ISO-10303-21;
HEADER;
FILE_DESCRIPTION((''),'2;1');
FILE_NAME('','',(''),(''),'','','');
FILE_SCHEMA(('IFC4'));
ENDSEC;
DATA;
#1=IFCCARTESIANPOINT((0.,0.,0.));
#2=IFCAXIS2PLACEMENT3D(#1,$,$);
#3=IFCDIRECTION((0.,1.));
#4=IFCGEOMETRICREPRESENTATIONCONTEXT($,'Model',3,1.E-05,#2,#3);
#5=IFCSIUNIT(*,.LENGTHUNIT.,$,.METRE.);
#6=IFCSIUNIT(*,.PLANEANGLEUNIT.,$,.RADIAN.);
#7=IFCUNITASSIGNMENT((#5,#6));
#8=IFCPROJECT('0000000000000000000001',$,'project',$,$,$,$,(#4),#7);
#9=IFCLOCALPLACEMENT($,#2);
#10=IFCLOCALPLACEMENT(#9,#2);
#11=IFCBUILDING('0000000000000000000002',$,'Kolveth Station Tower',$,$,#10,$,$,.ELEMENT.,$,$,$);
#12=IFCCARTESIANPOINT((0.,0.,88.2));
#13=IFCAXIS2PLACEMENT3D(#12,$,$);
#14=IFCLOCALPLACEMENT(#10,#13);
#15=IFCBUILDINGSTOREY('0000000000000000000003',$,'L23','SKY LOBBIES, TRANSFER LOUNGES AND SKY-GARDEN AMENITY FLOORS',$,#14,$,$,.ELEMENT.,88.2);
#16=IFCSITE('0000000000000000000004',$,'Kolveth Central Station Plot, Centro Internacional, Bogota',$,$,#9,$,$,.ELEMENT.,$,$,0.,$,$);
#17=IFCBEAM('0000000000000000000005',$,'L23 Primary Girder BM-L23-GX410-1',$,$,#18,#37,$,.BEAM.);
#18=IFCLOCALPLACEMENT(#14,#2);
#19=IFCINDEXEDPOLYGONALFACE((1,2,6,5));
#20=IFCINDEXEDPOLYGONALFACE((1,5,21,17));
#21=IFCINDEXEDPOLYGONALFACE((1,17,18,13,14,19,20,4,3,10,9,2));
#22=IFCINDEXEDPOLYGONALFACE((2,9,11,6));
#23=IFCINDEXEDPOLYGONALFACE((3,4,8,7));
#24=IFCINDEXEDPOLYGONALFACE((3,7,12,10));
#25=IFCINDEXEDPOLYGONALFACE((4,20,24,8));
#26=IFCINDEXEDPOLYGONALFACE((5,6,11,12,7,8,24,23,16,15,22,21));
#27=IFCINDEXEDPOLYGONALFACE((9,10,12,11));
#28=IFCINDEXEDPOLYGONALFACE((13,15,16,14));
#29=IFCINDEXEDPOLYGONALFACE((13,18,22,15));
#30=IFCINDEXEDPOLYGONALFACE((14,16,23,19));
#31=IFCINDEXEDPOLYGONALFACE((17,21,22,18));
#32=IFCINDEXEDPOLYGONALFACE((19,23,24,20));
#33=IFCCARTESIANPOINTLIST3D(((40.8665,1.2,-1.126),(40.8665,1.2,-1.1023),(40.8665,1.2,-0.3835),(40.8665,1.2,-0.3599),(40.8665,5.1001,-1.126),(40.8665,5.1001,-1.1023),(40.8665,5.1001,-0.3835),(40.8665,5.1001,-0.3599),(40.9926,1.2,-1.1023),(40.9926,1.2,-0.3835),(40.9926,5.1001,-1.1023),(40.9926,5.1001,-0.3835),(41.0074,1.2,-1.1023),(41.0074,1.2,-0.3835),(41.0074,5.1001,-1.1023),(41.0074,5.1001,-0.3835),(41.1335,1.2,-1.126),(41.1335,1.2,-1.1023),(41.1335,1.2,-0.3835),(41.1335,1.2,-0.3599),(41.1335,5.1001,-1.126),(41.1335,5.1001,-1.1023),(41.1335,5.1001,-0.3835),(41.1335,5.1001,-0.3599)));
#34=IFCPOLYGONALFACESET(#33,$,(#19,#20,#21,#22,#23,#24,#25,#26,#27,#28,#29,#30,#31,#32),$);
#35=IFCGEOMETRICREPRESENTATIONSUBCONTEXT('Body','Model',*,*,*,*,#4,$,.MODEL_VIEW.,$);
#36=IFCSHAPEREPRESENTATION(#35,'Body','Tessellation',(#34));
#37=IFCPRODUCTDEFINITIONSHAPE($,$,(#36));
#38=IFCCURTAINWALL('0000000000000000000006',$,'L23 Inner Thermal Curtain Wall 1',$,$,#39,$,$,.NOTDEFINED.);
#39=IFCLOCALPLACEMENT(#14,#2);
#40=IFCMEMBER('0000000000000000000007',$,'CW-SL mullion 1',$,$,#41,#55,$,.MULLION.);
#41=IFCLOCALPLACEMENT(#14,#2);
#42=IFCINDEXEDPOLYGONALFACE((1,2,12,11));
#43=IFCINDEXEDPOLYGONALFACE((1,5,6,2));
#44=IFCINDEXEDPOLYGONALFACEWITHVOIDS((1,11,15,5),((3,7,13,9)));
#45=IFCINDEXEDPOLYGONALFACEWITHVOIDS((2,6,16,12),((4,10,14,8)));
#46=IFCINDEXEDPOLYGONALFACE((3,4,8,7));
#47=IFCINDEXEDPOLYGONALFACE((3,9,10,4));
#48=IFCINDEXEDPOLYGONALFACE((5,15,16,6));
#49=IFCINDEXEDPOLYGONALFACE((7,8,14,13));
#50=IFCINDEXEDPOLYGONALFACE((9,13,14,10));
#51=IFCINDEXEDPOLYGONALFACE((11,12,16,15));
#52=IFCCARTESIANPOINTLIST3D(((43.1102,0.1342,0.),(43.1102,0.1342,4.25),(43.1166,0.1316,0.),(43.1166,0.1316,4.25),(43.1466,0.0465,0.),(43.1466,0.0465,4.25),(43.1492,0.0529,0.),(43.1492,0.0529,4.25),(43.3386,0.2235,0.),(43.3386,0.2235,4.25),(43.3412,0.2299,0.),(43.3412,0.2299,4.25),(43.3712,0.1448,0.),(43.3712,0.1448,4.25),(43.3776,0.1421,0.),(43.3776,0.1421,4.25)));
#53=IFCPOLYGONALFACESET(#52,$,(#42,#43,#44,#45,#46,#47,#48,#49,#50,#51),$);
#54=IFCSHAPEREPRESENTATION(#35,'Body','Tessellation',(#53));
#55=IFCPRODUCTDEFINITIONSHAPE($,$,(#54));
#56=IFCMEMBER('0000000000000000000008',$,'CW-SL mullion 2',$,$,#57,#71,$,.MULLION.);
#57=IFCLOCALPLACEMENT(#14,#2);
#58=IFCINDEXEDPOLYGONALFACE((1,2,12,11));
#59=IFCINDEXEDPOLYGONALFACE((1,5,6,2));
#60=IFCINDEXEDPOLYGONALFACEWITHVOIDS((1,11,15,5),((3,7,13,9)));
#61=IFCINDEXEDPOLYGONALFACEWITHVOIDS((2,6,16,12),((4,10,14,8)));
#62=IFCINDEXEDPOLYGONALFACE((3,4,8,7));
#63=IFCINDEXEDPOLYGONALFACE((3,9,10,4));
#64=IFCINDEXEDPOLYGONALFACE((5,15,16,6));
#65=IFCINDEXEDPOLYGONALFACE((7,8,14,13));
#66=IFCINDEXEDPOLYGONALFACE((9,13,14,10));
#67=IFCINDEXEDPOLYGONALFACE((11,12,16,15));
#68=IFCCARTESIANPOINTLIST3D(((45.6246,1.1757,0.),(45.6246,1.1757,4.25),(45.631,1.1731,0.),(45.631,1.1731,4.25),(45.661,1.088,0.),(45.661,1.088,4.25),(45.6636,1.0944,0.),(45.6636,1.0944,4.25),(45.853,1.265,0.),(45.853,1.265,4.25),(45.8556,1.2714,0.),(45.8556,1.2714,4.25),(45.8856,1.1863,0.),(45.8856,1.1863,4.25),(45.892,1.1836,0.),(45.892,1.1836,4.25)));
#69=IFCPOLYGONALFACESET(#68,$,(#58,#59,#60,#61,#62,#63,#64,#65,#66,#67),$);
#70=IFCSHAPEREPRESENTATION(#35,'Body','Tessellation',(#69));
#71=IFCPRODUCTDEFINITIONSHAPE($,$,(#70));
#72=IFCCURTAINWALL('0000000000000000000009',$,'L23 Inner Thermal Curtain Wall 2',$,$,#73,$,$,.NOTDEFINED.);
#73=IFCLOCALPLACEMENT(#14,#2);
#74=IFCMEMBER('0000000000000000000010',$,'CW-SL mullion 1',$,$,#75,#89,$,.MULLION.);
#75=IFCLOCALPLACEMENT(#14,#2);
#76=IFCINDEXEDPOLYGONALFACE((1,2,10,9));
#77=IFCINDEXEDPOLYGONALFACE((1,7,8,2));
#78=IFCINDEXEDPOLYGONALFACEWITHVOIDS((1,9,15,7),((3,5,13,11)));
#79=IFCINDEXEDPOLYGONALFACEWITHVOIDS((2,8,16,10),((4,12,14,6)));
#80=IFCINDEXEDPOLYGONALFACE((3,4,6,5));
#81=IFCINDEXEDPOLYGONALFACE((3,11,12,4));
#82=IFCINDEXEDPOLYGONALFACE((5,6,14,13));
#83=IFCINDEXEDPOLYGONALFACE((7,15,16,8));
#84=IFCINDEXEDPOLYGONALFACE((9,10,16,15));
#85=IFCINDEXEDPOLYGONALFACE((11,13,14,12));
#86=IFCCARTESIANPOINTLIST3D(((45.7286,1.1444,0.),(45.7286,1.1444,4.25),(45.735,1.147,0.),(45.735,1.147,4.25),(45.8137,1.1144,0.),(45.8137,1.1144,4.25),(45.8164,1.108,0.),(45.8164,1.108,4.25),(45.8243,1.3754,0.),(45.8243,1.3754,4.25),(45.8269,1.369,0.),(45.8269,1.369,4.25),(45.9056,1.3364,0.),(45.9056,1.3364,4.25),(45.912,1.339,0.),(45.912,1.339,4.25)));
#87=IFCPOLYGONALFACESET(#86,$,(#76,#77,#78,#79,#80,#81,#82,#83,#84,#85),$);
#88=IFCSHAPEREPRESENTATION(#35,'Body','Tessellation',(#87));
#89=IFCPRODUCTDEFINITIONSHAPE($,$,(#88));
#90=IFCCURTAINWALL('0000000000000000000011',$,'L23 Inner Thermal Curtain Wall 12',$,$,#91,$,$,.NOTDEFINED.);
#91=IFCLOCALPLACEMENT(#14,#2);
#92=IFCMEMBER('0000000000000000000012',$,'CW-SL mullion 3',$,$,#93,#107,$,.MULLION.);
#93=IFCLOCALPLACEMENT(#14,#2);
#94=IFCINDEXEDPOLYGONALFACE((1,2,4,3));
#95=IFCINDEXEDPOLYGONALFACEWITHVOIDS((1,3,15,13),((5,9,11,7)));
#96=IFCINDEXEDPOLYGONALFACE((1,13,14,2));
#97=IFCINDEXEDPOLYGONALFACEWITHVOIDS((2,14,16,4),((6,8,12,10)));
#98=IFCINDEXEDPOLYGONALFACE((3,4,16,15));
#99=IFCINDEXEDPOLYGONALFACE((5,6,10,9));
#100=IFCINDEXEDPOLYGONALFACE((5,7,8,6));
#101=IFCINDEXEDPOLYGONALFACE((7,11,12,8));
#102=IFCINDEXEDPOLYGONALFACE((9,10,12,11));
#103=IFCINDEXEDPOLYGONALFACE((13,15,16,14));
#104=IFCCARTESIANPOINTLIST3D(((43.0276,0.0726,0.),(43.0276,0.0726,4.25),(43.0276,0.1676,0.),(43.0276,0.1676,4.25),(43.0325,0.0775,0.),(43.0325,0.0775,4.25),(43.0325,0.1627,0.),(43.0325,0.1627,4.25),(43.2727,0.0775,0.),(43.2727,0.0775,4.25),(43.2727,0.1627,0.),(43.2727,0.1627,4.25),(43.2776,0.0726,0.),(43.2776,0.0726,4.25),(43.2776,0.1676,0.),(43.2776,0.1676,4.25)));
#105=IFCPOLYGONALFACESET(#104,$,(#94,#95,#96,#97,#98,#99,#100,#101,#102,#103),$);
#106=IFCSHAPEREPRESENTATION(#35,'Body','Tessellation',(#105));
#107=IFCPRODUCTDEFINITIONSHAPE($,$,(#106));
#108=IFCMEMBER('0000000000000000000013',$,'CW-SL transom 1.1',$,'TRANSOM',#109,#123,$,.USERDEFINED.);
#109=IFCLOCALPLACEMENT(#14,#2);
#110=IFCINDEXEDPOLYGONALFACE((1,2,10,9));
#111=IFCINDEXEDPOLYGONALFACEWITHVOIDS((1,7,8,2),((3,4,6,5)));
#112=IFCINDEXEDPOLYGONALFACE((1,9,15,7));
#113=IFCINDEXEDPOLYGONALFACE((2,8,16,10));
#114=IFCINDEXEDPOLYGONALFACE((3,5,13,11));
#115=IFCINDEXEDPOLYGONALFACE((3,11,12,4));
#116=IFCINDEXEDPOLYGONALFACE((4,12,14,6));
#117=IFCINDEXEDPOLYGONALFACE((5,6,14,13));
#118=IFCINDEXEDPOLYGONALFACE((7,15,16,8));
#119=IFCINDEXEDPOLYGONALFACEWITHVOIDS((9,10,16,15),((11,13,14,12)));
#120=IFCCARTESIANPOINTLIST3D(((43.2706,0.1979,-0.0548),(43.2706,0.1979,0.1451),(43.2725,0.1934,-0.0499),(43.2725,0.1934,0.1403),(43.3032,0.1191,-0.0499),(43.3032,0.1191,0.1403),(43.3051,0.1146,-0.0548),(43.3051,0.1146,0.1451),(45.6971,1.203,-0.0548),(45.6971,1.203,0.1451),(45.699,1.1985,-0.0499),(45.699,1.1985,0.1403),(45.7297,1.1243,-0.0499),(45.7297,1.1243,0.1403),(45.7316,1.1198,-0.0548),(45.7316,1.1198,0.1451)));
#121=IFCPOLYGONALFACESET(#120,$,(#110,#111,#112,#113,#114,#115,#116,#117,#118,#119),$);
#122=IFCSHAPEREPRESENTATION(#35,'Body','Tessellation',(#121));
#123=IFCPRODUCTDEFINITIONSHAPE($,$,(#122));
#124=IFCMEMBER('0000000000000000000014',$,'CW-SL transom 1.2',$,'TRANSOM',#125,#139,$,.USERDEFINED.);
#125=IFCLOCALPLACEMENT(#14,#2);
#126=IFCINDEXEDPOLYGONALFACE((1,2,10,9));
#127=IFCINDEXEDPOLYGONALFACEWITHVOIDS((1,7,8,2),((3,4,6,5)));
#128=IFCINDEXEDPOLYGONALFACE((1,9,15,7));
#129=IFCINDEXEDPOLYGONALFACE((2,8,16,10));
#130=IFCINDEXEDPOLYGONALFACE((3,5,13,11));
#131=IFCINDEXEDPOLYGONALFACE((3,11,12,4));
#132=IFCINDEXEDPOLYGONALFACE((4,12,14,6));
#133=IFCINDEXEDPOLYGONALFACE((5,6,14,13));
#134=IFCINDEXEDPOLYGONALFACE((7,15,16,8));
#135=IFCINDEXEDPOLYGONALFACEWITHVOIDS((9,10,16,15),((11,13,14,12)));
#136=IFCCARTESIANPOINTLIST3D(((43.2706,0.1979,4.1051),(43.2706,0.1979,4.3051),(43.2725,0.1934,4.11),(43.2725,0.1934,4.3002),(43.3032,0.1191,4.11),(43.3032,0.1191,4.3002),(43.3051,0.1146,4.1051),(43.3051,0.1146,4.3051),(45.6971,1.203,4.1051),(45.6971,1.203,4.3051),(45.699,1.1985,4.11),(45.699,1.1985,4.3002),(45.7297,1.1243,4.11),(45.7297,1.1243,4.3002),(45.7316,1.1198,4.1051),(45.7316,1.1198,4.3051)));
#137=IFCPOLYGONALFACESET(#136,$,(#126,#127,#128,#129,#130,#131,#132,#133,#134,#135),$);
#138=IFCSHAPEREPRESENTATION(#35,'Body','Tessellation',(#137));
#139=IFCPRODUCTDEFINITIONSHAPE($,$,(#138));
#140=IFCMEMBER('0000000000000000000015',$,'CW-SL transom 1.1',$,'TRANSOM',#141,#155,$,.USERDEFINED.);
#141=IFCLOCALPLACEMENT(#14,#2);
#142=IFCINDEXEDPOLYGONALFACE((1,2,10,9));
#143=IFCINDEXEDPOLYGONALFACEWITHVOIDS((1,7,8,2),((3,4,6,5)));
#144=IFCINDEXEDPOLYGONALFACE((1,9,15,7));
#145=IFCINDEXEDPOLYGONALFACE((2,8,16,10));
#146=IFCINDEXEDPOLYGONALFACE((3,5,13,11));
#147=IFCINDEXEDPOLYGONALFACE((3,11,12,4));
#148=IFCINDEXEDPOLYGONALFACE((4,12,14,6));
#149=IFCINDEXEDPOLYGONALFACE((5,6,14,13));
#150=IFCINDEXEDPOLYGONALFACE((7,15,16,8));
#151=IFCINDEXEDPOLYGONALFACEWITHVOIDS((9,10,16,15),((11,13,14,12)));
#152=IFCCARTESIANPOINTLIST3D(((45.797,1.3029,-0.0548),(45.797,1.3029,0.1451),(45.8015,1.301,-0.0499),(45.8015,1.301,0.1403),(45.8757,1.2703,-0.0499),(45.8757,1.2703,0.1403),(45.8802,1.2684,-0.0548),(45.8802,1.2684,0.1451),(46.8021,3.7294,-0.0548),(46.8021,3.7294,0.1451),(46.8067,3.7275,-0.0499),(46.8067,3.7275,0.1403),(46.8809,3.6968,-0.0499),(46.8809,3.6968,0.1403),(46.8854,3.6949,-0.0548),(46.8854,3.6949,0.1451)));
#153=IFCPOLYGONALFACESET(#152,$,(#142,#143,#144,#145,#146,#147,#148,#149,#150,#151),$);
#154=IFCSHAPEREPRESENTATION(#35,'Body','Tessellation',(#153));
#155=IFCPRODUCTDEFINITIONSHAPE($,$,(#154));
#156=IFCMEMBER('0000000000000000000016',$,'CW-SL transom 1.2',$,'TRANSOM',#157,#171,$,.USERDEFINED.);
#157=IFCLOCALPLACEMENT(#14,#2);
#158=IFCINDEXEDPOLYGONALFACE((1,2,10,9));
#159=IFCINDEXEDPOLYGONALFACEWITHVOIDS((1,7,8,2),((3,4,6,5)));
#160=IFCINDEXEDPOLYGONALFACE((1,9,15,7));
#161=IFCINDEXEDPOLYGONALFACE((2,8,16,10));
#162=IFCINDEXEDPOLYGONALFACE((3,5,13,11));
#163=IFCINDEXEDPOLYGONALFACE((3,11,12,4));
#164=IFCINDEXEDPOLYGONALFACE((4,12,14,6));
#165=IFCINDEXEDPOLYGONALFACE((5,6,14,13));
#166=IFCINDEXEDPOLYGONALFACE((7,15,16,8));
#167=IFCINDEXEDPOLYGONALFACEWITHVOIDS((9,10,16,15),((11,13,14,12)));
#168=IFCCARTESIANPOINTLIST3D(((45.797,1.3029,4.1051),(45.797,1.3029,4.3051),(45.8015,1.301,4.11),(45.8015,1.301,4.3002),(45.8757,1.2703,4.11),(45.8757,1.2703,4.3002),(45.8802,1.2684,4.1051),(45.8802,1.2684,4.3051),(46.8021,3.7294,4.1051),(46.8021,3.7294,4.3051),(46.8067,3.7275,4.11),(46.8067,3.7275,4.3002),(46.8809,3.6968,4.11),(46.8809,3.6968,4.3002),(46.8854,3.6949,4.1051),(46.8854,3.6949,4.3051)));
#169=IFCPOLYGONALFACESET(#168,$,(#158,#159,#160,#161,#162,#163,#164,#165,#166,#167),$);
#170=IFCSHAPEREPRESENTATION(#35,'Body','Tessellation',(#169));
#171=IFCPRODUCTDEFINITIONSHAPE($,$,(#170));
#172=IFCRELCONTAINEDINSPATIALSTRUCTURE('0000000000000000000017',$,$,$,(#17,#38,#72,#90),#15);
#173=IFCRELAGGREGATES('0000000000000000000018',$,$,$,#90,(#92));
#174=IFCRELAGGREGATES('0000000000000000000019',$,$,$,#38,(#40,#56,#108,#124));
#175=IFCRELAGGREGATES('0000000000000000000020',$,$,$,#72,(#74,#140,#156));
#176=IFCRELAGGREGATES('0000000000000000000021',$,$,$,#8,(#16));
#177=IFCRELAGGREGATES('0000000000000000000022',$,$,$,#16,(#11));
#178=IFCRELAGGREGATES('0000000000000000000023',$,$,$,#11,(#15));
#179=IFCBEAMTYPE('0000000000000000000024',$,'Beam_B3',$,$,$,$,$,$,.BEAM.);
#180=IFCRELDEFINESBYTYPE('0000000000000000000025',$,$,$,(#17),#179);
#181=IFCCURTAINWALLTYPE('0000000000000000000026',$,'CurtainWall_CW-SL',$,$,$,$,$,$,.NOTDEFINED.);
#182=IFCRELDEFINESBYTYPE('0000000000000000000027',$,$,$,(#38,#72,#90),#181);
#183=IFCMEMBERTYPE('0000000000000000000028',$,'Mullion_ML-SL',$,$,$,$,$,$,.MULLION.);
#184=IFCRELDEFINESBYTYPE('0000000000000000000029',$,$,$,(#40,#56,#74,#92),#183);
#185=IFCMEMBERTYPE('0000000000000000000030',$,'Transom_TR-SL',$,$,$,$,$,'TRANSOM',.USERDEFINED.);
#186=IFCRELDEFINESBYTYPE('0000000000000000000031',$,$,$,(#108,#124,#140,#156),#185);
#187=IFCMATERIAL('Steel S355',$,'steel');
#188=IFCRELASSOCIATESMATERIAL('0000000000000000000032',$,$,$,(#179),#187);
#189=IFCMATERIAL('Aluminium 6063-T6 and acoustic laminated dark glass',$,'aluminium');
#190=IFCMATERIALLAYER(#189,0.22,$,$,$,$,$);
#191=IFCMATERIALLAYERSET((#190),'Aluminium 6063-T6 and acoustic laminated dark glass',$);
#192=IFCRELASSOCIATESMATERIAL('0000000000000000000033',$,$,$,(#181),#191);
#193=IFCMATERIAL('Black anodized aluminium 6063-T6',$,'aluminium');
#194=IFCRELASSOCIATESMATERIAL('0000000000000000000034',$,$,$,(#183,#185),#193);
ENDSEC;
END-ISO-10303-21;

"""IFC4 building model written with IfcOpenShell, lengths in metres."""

from ifc_helpers import new_model, si_unit, direction, frame, origin, origin_2d, place, context, subcontext, project, spatial, hollow_rectangle, i_section, extrude, source, transform, mapped, material, layer, layer_set, material_profile, profile_set, type_object, element, aggregate, save


model = new_model("IFC4")

# Units and contexts
model_context = context("Model", 3, precision=1e-05, world=origin(), true_north=direction((0.0, 1.0)))
body_context = subcontext(model_context, "Body", "Model", "MODEL_VIEW")
ifc_project = project(units=[si_unit("LENGTHUNIT", "METRE"), si_unit("PLANEANGLEUNIT", "RADIAN")], contexts=[model_context])

# Site, building, storey
site_placement = place(None, origin())
site = spatial("IfcSite", under=ifc_project, at=site_placement, Name="Kolveth Central Station Plot, Centro Internacional, Bogota", CompositionType="ELEMENT", RefElevation=0.0)
building_placement = place(site_placement, origin())
building = spatial("IfcBuilding", under=site, at=building_placement, Name="Kolveth Station Tower", CompositionType="ELEMENT")
storey_placement = place(building_placement, frame((0.0, 0.0, 88.2)))
storey = spatial("IfcBuildingStorey", under=building, at=storey_placement, Name="L23", Description="SKY LOBBIES, TRANSFER LOUNGES AND SKY-GARDEN AMENITY FLOORS", CompositionType="ELEMENT", Elevation=88.2)

# Beam
ifc_material_1 = material(Name="Steel S355", Category="steel")
ifc_material_profile_1 = material_profile(ifc_material_1, i_section(OverallWidth=0.2671, OverallDepth=0.7661, WebThickness=0.0149, FlangeThickness=0.0237, at=origin_2d()), Name="W760x185")
ifc_profile_set_1 = profile_set([ifc_material_profile_1], Name="Steel S355")
beam_type = type_object("IfcBeamType", Name="Beam_B3", PredefinedType="BEAM", material=ifc_profile_set_1)
shared_shape_1 = source(origin(), body_context, "Body", "SweptSolid", [
    extrude(i_section(OverallWidth=0.2671, OverallDepth=0.7661, WebThickness=0.0149, FlangeThickness=0.0237, at=origin_2d()), origin(), (0.0, 0.0, 1.0), 3.9001),
])
beam_placement = place(storey_placement, frame((41.0, 1.2, -0.7429), z_axis=(0.0, 1.0, 0.0), x_axis=(-1.0, 0.0, 0.0)))
element("IfcBeam", 1, at=beam_placement, inside=storey, type_object=beam_type, Name="L23 Primary Girder BM-L23-GX410-1", PredefinedType="BEAM", context=body_context, shape_type="MappedRepresentation", body=[
    mapped(shared_shape_1, transform((0.0, 0.0, 0.0), x_axis=(1.0, 0.0, 0.0), y_axis=(0.0, 1.0, 0.0), z_axis=(0.0, 0.0, 1.0), scale=1.0)),
])

# Curtain wall, members
ifc_material_2 = material(Name="Aluminium 6063-T6 and acoustic laminated dark glass", Category="aluminium")
ifc_layer_1 = layer(ifc_material_2, 0.22)
ifc_layer_set_1 = layer_set([ifc_layer_1], Name="Aluminium 6063-T6 and acoustic laminated dark glass")
curtain_wall_type_1 = type_object("IfcCurtainWallType", Name="CurtainWall_CW-SL", PredefinedType="NOTDEFINED", material=ifc_layer_set_1)
curtain_wall_1_placement = place(storey_placement, origin())
curtain_wall_1 = element("IfcCurtainWall", 2, at=curtain_wall_1_placement, inside=storey, type_object=curtain_wall_type_1, Name="L23 Inner Thermal Curtain Wall 1", PredefinedType="NOTDEFINED")
ifc_material_3 = material(Name="Black anodized aluminium 6063-T6", Category="aluminium")
ifc_material_profile_2 = material_profile(ifc_material_3, hollow_rectangle(XDim=0.095, YDim=0.25, WallThickness=0.0049, at=origin_2d()), Name="ALU-95x250x5")
ifc_profile_set_2 = profile_set([ifc_material_profile_2], Name="Black anodized aluminium 6063-T6")
member_type_1 = type_object("IfcMemberType", Name="Mullion_ML-SL", PredefinedType="MULLION", material=ifc_profile_set_2)
shared_shape_2 = source(origin(), body_context, "Body", "SweptSolid", [
    extrude(hollow_rectangle(XDim=0.095, YDim=0.25, WallThickness=0.0049, at=origin_2d()), origin(), (0.0, 0.0, 1.0), 4.25),
])
member_1_placement = place(storey_placement, frame((43.2439, 0.1382, 0.0), z_axis=(0.0, 0.0, 1.0), x_axis=(-0.382663, 0.923888, 0.0)))
member_1 = element("IfcMember", 3, at=member_1_placement, type_object=member_type_1, Name="CW-SL mullion 1", PredefinedType="MULLION", context=body_context, shape_type="MappedRepresentation", body=[
    mapped(shared_shape_2, transform((0.0, 0.0, 0.0), x_axis=(1.0, 0.0, 0.0), y_axis=(0.0, 1.0, 0.0), z_axis=(0.0, 0.0, 1.0), scale=1.0)),
])
member_2_placement = place(storey_placement, frame((45.7583, 1.1797, 0.0), z_axis=(0.0, 0.0, 1.0), x_axis=(-0.382663, 0.923888, 0.0)))
member_2 = element("IfcMember", 4, at=member_2_placement, type_object=member_type_1, Name="CW-SL mullion 2", PredefinedType="MULLION", context=body_context, shape_type="MappedRepresentation", body=[
    mapped(shared_shape_2, transform((0.0, 0.0, 0.0), x_axis=(1.0, 0.0, 0.0), y_axis=(0.0, 1.0, 0.0), z_axis=(0.0, 0.0, 1.0), scale=1.0)),
])

# Curtain walls, members
curtain_wall_2_placement = place(storey_placement, origin())
curtain_wall_2 = element("IfcCurtainWall", 5, at=curtain_wall_2_placement, inside=storey, type_object=curtain_wall_type_1, Name="L23 Inner Thermal Curtain Wall 2", PredefinedType="NOTDEFINED")
member_3_placement = place(storey_placement, frame((45.8203, 1.2417, 0.0), z_axis=(0.0, 0.0, 1.0), x_axis=(-0.923888, 0.382663, 0.0)))
member_3 = element("IfcMember", 6, at=member_3_placement, type_object=member_type_1, Name="CW-SL mullion 1", PredefinedType="MULLION", context=body_context, shape_type="MappedRepresentation", body=[
    mapped(shared_shape_2, transform((0.0, 0.0, 0.0), x_axis=(1.0, 0.0, 0.0), y_axis=(0.0, 1.0, 0.0), z_axis=(0.0, 0.0, 1.0), scale=1.0)),
])
curtain_wall_3_placement = place(storey_placement, origin())
curtain_wall_3 = element("IfcCurtainWall", 7, at=curtain_wall_3_placement, inside=storey, type_object=curtain_wall_type_1, Name="L23 Inner Thermal Curtain Wall 12", PredefinedType="NOTDEFINED")
member_4_placement = place(storey_placement, frame((43.1526, 0.1201, 0.0), z_axis=(0.0, 0.0, 1.0), x_axis=(0.0, 1.0, 0.0)))
member_4 = element("IfcMember", 8, at=member_4_placement, type_object=member_type_1, Name="CW-SL mullion 3", PredefinedType="MULLION", context=body_context, shape_type="MappedRepresentation", body=[
    mapped(shared_shape_2, transform((0.0, 0.0, 0.0), x_axis=(1.0, 0.0, 0.0), y_axis=(0.0, 1.0, 0.0), z_axis=(0.0, 0.0, 1.0), scale=1.0)),
])
aggregate(curtain_wall_3, [member_4])

# Members
ifc_material_profile_3 = material_profile(ifc_material_3, hollow_rectangle(XDim=0.0901, YDim=0.2, WallThickness=0.0049, at=origin_2d()), Name="ALU-90x200x5")
ifc_profile_set_3 = profile_set([ifc_material_profile_3], Name="Black anodized aluminium 6063-T6")
member_type_2 = type_object("IfcMemberType", Name="Transom_TR-SL", ElementType="TRANSOM", PredefinedType="USERDEFINED", material=ifc_profile_set_3)
shared_shape_3 = source(origin(), body_context, "Body", "SweptSolid", [
    extrude(hollow_rectangle(XDim=0.0901, YDim=0.2, WallThickness=0.0049, at=origin_2d()), origin(), (0.0, 0.0, 1.0), 2.6265),
])
member_5_placement = place(storey_placement, frame((43.2878, 0.1562, 0.0452), z_axis=(0.923875, 0.382694, 0.0), x_axis=(-0.382694, 0.923875, 0.0)))
member_5 = element("IfcMember", 9, at=member_5_placement, type_object=member_type_2, Name="CW-SL transom 1.1", ObjectType="TRANSOM", PredefinedType="USERDEFINED", context=body_context, shape_type="MappedRepresentation", body=[
    mapped(shared_shape_3, transform((0.0, 0.0, 0.0), x_axis=(1.0, 0.0, 0.0), y_axis=(0.0, 1.0, 0.0), z_axis=(0.0, 0.0, 1.0), scale=1.0)),
])
member_6_placement = place(storey_placement, frame((43.2878, 0.1562, 4.2051), z_axis=(0.923875, 0.382694, 0.0), x_axis=(-0.382694, 0.923875, 0.0)))
member_6 = element("IfcMember", 10, at=member_6_placement, type_object=member_type_2, Name="CW-SL transom 1.2", ObjectType="TRANSOM", PredefinedType="USERDEFINED", context=body_context, shape_type="MappedRepresentation", body=[
    mapped(shared_shape_3, transform((0.0, 0.0, 0.0), x_axis=(1.0, 0.0, 0.0), y_axis=(0.0, 1.0, 0.0), z_axis=(0.0, 0.0, 1.0), scale=1.0)),
])
member_7_placement = place(storey_placement, frame((45.8386, 1.2856, 0.0452), z_axis=(0.382694, 0.923875, 0.0), x_axis=(-0.923875, 0.382694, 0.0)))
member_7 = element("IfcMember", 11, at=member_7_placement, type_object=member_type_2, Name="CW-SL transom 1.1", ObjectType="TRANSOM", PredefinedType="USERDEFINED", context=body_context, shape_type="MappedRepresentation", body=[
    mapped(shared_shape_3, transform((0.0, 0.0, 0.0), x_axis=(1.0, 0.0, 0.0), y_axis=(0.0, 1.0, 0.0), z_axis=(0.0, 0.0, 1.0), scale=1.0)),
])
member_8_placement = place(storey_placement, frame((45.8386, 1.2856, 4.2051), z_axis=(0.382694, 0.923875, 0.0), x_axis=(-0.923875, 0.382694, 0.0)))
member_8 = element("IfcMember", 12, at=member_8_placement, type_object=member_type_2, Name="CW-SL transom 1.2", ObjectType="TRANSOM", PredefinedType="USERDEFINED", context=body_context, shape_type="MappedRepresentation", body=[
    mapped(shared_shape_3, transform((0.0, 0.0, 0.0), x_axis=(1.0, 0.0, 0.0), y_axis=(0.0, 1.0, 0.0), z_axis=(0.0, 0.0, 1.0), scale=1.0)),
])

aggregate(curtain_wall_1, [member_1, member_2, member_5, member_6])
aggregate(curtain_wall_2, [member_3, member_7, member_8])

save(model, "model.ifc")
